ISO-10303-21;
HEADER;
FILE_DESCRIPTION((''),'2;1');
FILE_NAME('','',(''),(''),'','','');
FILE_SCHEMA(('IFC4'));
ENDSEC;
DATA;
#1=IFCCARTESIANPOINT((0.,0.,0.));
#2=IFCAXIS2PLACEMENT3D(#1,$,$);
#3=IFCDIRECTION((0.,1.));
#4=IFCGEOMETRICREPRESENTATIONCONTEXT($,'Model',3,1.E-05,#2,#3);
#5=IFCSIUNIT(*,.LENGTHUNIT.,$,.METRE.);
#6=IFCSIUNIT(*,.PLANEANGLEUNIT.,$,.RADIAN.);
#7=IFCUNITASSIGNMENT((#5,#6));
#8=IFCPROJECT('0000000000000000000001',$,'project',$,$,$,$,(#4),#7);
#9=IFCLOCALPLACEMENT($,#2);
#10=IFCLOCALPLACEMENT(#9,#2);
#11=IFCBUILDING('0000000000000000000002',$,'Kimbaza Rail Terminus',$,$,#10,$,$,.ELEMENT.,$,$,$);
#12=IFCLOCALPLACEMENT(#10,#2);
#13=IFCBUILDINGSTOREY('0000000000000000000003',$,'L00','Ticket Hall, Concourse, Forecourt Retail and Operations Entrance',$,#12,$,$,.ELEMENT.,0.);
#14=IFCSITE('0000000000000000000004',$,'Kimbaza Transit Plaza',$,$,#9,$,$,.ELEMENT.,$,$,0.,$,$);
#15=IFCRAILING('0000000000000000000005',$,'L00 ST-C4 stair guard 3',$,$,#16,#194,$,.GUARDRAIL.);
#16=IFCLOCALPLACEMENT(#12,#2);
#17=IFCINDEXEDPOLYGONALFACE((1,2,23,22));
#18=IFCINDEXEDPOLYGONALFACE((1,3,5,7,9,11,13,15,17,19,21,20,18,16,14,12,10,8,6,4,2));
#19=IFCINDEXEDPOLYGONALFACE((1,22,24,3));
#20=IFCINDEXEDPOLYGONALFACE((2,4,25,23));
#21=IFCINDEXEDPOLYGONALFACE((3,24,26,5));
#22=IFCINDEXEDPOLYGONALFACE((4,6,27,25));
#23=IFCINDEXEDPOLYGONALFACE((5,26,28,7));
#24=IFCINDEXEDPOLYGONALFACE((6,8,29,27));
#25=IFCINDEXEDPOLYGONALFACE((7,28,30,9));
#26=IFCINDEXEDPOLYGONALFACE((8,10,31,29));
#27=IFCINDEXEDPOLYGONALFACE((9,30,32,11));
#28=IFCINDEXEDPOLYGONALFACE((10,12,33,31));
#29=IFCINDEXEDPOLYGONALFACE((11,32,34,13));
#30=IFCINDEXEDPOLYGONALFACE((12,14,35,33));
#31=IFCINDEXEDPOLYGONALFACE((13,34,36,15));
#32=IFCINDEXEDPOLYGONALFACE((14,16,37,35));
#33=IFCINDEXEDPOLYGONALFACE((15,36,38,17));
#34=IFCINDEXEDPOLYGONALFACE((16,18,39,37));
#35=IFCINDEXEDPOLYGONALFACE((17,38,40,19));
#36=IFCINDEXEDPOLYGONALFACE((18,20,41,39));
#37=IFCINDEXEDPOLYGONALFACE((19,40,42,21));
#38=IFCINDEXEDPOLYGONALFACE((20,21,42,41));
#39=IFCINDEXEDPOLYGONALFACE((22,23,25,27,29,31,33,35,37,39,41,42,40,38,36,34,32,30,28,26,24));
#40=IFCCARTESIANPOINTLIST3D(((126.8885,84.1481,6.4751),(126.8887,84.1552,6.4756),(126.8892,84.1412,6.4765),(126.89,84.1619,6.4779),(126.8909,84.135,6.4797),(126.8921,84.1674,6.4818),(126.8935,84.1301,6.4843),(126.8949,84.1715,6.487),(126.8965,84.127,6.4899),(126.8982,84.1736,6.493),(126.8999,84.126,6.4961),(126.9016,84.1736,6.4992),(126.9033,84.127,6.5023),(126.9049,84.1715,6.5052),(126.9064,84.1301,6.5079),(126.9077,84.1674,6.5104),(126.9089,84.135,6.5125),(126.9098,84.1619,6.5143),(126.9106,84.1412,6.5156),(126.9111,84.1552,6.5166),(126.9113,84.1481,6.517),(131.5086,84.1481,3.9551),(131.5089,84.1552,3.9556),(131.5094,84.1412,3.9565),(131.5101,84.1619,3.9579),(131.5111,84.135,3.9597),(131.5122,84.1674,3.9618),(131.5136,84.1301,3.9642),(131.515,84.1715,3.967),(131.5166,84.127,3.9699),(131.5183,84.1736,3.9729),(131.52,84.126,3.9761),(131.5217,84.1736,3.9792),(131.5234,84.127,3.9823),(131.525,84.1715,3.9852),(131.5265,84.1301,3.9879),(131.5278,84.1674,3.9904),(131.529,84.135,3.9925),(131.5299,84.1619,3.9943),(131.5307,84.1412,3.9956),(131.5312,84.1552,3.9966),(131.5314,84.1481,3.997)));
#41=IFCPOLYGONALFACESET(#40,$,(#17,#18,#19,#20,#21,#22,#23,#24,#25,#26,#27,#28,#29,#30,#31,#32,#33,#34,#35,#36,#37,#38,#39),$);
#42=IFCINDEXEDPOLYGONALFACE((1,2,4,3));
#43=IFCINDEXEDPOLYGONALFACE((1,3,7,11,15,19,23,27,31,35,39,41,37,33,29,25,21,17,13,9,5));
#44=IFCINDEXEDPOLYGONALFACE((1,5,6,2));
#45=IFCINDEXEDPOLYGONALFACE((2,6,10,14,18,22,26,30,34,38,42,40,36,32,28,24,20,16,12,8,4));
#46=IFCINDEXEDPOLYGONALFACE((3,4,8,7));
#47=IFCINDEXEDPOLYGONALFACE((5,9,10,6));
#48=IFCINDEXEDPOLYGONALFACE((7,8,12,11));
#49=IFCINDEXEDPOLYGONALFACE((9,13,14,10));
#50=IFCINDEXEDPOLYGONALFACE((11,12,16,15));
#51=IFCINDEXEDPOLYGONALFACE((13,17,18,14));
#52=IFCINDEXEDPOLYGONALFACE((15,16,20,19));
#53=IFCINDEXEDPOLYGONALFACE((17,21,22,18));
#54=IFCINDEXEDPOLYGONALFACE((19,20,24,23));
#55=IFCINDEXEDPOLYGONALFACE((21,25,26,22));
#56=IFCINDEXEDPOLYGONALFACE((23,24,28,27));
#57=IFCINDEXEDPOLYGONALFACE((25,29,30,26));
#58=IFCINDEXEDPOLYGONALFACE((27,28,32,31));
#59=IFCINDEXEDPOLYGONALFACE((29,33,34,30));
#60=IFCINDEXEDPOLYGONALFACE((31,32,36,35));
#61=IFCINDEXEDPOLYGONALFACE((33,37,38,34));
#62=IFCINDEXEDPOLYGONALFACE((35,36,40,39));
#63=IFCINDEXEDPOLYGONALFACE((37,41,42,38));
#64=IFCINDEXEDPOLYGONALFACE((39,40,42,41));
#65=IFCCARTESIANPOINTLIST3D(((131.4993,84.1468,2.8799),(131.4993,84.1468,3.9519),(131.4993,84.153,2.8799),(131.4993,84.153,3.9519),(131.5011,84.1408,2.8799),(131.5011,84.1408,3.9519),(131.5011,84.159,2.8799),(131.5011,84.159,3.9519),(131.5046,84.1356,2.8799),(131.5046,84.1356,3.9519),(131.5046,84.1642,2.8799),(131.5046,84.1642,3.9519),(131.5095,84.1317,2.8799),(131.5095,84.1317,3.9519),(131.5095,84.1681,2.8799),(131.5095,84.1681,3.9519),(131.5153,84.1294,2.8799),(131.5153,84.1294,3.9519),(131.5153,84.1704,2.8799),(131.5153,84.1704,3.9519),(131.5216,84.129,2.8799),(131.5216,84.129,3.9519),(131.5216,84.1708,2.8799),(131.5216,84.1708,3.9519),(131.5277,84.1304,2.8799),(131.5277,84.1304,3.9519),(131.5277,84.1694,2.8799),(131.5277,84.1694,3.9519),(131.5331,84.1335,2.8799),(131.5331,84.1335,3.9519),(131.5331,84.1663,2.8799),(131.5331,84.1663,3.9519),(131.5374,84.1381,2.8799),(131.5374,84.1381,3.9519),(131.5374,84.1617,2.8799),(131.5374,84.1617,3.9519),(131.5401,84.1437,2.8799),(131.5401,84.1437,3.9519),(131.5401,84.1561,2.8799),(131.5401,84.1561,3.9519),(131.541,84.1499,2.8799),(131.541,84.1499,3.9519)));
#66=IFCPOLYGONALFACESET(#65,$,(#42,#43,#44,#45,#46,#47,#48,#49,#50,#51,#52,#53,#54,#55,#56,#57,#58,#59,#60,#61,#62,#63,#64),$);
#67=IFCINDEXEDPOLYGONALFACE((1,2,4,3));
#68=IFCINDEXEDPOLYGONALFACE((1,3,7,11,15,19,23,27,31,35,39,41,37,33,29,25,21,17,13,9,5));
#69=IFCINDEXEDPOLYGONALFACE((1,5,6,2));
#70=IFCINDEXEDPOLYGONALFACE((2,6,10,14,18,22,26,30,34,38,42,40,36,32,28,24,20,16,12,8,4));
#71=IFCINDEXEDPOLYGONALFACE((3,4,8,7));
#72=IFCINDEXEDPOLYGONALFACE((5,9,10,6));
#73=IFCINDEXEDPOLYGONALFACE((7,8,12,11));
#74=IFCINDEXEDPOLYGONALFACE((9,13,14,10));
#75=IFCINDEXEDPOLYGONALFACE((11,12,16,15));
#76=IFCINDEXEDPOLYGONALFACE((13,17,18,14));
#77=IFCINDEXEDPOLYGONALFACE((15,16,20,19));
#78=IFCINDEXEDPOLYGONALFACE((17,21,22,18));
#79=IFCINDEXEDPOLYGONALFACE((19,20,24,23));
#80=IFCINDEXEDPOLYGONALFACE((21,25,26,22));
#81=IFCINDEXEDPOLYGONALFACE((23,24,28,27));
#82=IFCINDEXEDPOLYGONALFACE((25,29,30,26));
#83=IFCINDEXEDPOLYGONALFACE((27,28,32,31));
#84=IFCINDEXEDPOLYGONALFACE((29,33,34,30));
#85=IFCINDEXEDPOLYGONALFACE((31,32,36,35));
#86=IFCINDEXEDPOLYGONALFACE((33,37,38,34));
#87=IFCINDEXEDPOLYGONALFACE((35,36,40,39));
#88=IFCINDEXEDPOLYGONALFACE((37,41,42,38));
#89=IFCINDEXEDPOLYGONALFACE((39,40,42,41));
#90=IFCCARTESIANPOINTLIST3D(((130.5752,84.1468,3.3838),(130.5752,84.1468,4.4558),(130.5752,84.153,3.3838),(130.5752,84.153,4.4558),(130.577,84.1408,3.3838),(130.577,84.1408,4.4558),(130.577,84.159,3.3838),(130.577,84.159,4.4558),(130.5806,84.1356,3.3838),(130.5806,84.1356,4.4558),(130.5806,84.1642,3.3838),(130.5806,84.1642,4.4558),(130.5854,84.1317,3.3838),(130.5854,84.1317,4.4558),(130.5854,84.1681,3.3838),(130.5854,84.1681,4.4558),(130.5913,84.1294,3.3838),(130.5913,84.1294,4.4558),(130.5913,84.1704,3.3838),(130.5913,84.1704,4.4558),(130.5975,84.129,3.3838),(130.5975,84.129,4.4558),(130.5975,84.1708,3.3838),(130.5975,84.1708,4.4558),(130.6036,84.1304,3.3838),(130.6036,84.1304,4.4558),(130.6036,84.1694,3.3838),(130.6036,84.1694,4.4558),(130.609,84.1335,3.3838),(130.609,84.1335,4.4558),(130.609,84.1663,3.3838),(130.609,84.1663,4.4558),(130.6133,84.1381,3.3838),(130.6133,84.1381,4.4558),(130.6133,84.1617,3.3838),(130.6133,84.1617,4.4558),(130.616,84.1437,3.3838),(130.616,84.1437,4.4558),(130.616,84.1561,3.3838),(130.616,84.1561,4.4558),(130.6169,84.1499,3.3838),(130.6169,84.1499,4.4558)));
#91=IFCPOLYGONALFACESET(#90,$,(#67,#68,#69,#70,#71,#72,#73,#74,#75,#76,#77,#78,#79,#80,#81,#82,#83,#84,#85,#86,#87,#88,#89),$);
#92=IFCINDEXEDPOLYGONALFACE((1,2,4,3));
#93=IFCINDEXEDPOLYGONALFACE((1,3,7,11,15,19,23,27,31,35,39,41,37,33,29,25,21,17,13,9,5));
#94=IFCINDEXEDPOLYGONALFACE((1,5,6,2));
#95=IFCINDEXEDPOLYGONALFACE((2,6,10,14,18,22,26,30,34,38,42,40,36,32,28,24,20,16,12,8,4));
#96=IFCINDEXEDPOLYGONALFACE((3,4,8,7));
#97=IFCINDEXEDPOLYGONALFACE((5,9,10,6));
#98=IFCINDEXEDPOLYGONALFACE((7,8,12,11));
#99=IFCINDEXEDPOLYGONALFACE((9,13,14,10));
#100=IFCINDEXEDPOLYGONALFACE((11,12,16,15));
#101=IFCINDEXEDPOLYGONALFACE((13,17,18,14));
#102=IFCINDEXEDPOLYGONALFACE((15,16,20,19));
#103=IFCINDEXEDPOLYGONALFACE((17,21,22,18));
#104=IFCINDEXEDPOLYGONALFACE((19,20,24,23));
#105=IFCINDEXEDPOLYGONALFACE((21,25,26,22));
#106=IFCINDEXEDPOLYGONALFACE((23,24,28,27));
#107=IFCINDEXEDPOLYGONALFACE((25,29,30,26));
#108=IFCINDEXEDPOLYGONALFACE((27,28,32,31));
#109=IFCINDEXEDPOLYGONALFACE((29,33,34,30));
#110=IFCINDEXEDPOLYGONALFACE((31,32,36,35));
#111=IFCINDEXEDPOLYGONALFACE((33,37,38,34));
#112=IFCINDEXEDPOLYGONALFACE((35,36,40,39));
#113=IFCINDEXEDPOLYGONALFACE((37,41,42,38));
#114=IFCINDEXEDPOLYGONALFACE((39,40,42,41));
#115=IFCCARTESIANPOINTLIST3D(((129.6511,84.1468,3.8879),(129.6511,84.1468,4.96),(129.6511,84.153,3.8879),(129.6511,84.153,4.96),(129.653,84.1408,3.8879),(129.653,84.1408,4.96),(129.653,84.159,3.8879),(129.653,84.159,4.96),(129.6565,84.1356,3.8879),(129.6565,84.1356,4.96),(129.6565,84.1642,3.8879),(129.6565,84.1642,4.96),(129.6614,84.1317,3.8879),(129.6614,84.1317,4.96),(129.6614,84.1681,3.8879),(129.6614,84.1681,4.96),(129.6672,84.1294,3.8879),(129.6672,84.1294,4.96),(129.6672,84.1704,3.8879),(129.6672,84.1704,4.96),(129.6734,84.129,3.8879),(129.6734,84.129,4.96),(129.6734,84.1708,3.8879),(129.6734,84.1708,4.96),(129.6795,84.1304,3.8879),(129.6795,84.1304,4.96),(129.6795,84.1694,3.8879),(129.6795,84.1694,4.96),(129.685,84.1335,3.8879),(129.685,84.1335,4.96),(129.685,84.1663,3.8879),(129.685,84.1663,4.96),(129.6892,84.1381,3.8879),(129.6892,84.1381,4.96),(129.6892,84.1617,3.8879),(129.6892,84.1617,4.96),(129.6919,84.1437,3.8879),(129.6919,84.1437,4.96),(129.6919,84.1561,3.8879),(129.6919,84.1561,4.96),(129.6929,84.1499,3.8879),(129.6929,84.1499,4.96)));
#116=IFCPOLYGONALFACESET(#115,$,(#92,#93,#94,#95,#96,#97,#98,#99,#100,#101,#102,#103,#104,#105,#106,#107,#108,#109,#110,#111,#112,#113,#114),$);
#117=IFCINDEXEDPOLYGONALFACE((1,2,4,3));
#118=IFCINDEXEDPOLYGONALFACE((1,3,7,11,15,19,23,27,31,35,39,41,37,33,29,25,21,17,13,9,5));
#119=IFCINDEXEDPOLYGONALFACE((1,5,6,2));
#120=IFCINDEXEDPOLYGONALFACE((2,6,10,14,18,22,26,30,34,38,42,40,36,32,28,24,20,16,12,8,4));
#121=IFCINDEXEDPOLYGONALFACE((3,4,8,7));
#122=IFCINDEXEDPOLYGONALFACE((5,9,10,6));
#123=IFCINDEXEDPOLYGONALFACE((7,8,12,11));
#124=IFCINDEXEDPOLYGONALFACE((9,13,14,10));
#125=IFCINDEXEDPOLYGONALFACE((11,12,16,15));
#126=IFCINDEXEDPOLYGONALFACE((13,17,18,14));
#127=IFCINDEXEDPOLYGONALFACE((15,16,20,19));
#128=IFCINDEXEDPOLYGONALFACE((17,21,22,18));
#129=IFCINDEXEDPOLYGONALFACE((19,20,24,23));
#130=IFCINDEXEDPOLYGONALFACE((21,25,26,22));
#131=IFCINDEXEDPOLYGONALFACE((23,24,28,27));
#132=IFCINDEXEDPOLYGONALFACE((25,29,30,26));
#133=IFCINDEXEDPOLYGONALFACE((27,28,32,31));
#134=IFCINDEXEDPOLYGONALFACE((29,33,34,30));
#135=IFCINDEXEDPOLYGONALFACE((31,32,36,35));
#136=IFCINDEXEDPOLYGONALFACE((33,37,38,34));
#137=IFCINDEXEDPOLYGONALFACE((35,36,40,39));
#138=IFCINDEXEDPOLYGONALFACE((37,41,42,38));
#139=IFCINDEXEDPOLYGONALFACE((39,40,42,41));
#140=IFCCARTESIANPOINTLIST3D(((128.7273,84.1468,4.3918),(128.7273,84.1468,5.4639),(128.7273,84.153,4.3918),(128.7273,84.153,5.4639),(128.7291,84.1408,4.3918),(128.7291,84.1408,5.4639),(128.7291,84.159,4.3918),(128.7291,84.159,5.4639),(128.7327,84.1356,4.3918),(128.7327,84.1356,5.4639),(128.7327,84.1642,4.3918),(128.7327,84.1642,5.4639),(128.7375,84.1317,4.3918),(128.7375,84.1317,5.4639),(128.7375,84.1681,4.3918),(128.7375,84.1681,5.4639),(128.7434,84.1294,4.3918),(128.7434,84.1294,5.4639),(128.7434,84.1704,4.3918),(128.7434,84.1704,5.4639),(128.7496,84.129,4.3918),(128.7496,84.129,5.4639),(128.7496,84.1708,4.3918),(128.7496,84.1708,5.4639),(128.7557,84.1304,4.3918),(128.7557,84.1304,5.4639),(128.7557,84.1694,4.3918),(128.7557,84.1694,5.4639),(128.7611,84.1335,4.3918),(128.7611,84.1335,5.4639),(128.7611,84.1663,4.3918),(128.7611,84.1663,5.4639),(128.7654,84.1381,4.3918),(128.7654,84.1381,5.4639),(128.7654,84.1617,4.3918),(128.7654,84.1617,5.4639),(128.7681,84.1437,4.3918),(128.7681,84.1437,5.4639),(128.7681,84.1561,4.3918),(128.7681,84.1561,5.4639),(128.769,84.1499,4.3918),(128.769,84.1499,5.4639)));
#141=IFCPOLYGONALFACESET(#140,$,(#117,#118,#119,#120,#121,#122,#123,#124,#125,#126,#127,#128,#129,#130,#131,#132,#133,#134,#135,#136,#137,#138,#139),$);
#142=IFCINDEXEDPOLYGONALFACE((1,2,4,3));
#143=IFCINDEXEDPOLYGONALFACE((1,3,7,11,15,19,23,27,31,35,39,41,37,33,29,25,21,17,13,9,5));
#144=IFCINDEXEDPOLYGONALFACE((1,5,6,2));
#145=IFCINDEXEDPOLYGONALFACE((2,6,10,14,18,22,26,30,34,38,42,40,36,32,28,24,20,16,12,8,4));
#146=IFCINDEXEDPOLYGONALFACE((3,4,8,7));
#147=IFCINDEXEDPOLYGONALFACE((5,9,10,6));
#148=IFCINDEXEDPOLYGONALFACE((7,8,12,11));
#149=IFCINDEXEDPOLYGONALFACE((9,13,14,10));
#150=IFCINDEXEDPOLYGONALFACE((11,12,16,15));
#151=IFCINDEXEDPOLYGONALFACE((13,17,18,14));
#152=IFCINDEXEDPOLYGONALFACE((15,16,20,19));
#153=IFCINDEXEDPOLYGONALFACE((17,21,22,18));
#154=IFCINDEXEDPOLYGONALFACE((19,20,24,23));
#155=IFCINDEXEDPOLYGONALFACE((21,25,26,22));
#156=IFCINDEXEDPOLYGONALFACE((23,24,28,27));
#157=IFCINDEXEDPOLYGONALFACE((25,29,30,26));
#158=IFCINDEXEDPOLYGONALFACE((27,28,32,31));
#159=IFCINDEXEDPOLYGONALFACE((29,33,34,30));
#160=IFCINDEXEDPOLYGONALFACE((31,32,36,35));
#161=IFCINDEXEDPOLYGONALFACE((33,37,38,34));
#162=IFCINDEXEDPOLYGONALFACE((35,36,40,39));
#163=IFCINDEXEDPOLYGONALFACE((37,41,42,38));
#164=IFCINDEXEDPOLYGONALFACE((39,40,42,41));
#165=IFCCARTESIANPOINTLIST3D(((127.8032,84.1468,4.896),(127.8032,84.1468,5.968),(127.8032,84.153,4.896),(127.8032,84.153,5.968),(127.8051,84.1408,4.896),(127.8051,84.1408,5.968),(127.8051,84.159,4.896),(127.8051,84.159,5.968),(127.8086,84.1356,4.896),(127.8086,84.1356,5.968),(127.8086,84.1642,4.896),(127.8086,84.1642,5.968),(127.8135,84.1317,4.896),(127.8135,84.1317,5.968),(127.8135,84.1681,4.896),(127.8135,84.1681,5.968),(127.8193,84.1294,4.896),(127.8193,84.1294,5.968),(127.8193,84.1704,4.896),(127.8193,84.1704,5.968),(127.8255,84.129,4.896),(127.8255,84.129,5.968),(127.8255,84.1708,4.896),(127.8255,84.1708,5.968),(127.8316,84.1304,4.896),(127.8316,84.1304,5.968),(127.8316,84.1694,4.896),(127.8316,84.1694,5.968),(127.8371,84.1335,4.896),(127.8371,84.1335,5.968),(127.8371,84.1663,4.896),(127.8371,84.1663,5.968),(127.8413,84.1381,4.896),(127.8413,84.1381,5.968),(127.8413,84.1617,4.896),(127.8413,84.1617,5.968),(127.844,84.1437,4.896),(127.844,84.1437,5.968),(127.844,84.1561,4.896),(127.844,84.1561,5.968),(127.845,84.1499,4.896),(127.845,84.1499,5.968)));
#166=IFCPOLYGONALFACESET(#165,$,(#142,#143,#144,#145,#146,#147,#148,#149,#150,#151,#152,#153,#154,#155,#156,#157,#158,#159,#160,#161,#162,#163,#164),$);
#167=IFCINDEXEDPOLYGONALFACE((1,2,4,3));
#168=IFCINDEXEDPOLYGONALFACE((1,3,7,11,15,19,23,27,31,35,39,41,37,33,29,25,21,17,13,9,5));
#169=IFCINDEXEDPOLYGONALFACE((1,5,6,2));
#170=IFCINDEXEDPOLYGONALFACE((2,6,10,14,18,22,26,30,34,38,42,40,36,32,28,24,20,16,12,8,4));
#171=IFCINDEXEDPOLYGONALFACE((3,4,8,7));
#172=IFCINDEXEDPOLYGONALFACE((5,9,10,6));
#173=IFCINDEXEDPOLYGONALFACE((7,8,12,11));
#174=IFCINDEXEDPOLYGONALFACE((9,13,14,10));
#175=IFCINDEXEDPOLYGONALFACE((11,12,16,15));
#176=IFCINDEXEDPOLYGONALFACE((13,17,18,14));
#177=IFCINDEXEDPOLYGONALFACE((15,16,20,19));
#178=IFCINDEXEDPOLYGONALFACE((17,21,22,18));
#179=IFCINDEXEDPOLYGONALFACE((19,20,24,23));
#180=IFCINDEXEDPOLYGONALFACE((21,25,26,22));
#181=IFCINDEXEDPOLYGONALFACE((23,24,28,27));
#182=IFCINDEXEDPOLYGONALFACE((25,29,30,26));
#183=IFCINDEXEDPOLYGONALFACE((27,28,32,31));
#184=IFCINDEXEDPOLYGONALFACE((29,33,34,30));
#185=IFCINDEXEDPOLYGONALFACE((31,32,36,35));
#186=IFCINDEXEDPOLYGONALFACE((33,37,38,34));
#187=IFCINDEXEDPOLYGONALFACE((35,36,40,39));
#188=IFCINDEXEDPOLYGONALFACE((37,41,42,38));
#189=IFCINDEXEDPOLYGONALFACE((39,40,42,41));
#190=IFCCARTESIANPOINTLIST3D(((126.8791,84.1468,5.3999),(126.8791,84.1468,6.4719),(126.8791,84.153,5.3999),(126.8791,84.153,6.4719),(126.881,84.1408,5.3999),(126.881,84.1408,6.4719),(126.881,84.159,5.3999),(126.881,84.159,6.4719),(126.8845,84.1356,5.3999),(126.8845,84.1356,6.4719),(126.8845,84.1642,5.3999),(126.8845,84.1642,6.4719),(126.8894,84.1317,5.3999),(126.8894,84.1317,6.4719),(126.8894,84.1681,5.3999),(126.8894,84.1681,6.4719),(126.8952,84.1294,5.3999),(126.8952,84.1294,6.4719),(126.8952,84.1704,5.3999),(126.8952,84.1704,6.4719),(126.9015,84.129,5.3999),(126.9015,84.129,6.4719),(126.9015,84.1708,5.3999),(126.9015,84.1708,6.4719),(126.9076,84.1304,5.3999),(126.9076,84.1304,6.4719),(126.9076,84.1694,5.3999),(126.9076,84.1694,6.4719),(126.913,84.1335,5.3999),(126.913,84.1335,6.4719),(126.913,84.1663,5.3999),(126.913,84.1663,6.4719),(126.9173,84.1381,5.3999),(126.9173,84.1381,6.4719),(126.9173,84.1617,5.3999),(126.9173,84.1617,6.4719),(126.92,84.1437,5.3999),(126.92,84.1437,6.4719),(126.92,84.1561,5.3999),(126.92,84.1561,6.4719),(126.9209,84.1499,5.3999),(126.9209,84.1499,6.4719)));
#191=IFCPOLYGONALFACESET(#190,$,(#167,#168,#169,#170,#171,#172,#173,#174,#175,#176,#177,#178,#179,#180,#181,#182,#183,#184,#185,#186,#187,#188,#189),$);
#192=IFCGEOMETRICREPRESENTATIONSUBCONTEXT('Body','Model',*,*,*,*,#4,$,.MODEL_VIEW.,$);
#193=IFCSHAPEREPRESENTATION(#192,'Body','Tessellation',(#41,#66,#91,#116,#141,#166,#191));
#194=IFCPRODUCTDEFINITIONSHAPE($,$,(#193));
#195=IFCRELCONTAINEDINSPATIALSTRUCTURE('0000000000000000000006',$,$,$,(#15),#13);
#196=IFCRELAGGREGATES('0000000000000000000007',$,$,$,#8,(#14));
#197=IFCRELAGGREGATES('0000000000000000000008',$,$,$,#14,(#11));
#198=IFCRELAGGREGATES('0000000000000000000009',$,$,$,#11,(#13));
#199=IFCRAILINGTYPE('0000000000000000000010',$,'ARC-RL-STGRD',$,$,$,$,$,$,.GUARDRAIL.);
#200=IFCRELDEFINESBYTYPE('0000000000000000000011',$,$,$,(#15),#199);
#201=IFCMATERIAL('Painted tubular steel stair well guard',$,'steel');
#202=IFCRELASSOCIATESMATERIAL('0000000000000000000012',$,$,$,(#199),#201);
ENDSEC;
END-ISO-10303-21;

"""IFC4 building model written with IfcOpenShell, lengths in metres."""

from ifc_helpers import new_model, si_unit, direction, frame, origin, origin_2d, place, context, subcontext, project, spatial, circle, extrude, material, type_object, element, save


model = new_model("IFC4")

# Units and contexts
model_context = context("Model", 3, precision=1e-05, world=origin(), true_north=direction((0.0, 1.0)))
body_context = subcontext(model_context, "Body", "Model", "MODEL_VIEW")
ifc_project = project(units=[si_unit("LENGTHUNIT", "METRE"), si_unit("PLANEANGLEUNIT", "RADIAN")], contexts=[model_context])

# Site, building, storey
site_placement = place(None, origin())
site = spatial("IfcSite", under=ifc_project, at=site_placement, Name="Kimbaza Transit Plaza", CompositionType="ELEMENT", RefElevation=0.0)
building_placement = place(site_placement, origin())
building = spatial("IfcBuilding", under=site, at=building_placement, Name="Kimbaza Rail Terminus", CompositionType="ELEMENT")
storey_placement = place(building_placement, origin())
storey = spatial("IfcBuildingStorey", under=building, at=storey_placement, Name="L00", Description="Ticket Hall, Concourse, Forecourt Retail and Operations Entrance", CompositionType="ELEMENT", Elevation=0.0)

# Railing
ifc_material_1 = material(Name="Painted tubular steel stair well guard", Category="steel")
railing_type_1 = type_object("IfcRailingType", Name="ARC-RL-STGRD", PredefinedType="GUARDRAIL", material=ifc_material_1)
railing_1_placement = place(storey_placement, frame((131.52, 84.1499, 2.8799)))
element("IfcRailing", 1, at=railing_1_placement, inside=storey, type_object=railing_type_1, Name="L00 ST-C4 stair guard 3", PredefinedType="GUARDRAIL", context=body_context, shape_type="SweptSolid", body=[
    extrude(circle(Radius=0.0239, at=origin_2d()), frame((0.0, 0.0, 1.0962), z_axis=(-0.877899, 0.0, 0.478846), x_axis=(0.0, -1.0, 0.0)), (0.0, 0.0, 1.0), 5.2627),
    extrude(circle(Radius=0.021, at=origin_2d()), origin(), (0.0, 0.0, 1.0), 1.072),
    extrude(circle(Radius=0.021, at=origin_2d()), frame((-0.9241, 0.0, 0.5039)), (0.0, 0.0, 1.0), 1.072),
    extrude(circle(Radius=0.021, at=origin_2d()), frame((-1.8481, 0.0, 1.0081)), (0.0, 0.0, 1.0), 1.072),
    extrude(circle(Radius=0.021, at=origin_2d()), frame((-2.772, 0.0, 1.512)), (0.0, 0.0, 1.0), 1.072),
    extrude(circle(Radius=0.021, at=origin_2d()), frame((-3.696, 0.0, 2.0161)), (0.0, 0.0, 1.0), 1.072),
    extrude(circle(Radius=0.021, at=origin_2d()), frame((-4.6201, 0.0, 2.52)), (0.0, 0.0, 1.0), 1.072),
])

save(model, "model.ifc")
